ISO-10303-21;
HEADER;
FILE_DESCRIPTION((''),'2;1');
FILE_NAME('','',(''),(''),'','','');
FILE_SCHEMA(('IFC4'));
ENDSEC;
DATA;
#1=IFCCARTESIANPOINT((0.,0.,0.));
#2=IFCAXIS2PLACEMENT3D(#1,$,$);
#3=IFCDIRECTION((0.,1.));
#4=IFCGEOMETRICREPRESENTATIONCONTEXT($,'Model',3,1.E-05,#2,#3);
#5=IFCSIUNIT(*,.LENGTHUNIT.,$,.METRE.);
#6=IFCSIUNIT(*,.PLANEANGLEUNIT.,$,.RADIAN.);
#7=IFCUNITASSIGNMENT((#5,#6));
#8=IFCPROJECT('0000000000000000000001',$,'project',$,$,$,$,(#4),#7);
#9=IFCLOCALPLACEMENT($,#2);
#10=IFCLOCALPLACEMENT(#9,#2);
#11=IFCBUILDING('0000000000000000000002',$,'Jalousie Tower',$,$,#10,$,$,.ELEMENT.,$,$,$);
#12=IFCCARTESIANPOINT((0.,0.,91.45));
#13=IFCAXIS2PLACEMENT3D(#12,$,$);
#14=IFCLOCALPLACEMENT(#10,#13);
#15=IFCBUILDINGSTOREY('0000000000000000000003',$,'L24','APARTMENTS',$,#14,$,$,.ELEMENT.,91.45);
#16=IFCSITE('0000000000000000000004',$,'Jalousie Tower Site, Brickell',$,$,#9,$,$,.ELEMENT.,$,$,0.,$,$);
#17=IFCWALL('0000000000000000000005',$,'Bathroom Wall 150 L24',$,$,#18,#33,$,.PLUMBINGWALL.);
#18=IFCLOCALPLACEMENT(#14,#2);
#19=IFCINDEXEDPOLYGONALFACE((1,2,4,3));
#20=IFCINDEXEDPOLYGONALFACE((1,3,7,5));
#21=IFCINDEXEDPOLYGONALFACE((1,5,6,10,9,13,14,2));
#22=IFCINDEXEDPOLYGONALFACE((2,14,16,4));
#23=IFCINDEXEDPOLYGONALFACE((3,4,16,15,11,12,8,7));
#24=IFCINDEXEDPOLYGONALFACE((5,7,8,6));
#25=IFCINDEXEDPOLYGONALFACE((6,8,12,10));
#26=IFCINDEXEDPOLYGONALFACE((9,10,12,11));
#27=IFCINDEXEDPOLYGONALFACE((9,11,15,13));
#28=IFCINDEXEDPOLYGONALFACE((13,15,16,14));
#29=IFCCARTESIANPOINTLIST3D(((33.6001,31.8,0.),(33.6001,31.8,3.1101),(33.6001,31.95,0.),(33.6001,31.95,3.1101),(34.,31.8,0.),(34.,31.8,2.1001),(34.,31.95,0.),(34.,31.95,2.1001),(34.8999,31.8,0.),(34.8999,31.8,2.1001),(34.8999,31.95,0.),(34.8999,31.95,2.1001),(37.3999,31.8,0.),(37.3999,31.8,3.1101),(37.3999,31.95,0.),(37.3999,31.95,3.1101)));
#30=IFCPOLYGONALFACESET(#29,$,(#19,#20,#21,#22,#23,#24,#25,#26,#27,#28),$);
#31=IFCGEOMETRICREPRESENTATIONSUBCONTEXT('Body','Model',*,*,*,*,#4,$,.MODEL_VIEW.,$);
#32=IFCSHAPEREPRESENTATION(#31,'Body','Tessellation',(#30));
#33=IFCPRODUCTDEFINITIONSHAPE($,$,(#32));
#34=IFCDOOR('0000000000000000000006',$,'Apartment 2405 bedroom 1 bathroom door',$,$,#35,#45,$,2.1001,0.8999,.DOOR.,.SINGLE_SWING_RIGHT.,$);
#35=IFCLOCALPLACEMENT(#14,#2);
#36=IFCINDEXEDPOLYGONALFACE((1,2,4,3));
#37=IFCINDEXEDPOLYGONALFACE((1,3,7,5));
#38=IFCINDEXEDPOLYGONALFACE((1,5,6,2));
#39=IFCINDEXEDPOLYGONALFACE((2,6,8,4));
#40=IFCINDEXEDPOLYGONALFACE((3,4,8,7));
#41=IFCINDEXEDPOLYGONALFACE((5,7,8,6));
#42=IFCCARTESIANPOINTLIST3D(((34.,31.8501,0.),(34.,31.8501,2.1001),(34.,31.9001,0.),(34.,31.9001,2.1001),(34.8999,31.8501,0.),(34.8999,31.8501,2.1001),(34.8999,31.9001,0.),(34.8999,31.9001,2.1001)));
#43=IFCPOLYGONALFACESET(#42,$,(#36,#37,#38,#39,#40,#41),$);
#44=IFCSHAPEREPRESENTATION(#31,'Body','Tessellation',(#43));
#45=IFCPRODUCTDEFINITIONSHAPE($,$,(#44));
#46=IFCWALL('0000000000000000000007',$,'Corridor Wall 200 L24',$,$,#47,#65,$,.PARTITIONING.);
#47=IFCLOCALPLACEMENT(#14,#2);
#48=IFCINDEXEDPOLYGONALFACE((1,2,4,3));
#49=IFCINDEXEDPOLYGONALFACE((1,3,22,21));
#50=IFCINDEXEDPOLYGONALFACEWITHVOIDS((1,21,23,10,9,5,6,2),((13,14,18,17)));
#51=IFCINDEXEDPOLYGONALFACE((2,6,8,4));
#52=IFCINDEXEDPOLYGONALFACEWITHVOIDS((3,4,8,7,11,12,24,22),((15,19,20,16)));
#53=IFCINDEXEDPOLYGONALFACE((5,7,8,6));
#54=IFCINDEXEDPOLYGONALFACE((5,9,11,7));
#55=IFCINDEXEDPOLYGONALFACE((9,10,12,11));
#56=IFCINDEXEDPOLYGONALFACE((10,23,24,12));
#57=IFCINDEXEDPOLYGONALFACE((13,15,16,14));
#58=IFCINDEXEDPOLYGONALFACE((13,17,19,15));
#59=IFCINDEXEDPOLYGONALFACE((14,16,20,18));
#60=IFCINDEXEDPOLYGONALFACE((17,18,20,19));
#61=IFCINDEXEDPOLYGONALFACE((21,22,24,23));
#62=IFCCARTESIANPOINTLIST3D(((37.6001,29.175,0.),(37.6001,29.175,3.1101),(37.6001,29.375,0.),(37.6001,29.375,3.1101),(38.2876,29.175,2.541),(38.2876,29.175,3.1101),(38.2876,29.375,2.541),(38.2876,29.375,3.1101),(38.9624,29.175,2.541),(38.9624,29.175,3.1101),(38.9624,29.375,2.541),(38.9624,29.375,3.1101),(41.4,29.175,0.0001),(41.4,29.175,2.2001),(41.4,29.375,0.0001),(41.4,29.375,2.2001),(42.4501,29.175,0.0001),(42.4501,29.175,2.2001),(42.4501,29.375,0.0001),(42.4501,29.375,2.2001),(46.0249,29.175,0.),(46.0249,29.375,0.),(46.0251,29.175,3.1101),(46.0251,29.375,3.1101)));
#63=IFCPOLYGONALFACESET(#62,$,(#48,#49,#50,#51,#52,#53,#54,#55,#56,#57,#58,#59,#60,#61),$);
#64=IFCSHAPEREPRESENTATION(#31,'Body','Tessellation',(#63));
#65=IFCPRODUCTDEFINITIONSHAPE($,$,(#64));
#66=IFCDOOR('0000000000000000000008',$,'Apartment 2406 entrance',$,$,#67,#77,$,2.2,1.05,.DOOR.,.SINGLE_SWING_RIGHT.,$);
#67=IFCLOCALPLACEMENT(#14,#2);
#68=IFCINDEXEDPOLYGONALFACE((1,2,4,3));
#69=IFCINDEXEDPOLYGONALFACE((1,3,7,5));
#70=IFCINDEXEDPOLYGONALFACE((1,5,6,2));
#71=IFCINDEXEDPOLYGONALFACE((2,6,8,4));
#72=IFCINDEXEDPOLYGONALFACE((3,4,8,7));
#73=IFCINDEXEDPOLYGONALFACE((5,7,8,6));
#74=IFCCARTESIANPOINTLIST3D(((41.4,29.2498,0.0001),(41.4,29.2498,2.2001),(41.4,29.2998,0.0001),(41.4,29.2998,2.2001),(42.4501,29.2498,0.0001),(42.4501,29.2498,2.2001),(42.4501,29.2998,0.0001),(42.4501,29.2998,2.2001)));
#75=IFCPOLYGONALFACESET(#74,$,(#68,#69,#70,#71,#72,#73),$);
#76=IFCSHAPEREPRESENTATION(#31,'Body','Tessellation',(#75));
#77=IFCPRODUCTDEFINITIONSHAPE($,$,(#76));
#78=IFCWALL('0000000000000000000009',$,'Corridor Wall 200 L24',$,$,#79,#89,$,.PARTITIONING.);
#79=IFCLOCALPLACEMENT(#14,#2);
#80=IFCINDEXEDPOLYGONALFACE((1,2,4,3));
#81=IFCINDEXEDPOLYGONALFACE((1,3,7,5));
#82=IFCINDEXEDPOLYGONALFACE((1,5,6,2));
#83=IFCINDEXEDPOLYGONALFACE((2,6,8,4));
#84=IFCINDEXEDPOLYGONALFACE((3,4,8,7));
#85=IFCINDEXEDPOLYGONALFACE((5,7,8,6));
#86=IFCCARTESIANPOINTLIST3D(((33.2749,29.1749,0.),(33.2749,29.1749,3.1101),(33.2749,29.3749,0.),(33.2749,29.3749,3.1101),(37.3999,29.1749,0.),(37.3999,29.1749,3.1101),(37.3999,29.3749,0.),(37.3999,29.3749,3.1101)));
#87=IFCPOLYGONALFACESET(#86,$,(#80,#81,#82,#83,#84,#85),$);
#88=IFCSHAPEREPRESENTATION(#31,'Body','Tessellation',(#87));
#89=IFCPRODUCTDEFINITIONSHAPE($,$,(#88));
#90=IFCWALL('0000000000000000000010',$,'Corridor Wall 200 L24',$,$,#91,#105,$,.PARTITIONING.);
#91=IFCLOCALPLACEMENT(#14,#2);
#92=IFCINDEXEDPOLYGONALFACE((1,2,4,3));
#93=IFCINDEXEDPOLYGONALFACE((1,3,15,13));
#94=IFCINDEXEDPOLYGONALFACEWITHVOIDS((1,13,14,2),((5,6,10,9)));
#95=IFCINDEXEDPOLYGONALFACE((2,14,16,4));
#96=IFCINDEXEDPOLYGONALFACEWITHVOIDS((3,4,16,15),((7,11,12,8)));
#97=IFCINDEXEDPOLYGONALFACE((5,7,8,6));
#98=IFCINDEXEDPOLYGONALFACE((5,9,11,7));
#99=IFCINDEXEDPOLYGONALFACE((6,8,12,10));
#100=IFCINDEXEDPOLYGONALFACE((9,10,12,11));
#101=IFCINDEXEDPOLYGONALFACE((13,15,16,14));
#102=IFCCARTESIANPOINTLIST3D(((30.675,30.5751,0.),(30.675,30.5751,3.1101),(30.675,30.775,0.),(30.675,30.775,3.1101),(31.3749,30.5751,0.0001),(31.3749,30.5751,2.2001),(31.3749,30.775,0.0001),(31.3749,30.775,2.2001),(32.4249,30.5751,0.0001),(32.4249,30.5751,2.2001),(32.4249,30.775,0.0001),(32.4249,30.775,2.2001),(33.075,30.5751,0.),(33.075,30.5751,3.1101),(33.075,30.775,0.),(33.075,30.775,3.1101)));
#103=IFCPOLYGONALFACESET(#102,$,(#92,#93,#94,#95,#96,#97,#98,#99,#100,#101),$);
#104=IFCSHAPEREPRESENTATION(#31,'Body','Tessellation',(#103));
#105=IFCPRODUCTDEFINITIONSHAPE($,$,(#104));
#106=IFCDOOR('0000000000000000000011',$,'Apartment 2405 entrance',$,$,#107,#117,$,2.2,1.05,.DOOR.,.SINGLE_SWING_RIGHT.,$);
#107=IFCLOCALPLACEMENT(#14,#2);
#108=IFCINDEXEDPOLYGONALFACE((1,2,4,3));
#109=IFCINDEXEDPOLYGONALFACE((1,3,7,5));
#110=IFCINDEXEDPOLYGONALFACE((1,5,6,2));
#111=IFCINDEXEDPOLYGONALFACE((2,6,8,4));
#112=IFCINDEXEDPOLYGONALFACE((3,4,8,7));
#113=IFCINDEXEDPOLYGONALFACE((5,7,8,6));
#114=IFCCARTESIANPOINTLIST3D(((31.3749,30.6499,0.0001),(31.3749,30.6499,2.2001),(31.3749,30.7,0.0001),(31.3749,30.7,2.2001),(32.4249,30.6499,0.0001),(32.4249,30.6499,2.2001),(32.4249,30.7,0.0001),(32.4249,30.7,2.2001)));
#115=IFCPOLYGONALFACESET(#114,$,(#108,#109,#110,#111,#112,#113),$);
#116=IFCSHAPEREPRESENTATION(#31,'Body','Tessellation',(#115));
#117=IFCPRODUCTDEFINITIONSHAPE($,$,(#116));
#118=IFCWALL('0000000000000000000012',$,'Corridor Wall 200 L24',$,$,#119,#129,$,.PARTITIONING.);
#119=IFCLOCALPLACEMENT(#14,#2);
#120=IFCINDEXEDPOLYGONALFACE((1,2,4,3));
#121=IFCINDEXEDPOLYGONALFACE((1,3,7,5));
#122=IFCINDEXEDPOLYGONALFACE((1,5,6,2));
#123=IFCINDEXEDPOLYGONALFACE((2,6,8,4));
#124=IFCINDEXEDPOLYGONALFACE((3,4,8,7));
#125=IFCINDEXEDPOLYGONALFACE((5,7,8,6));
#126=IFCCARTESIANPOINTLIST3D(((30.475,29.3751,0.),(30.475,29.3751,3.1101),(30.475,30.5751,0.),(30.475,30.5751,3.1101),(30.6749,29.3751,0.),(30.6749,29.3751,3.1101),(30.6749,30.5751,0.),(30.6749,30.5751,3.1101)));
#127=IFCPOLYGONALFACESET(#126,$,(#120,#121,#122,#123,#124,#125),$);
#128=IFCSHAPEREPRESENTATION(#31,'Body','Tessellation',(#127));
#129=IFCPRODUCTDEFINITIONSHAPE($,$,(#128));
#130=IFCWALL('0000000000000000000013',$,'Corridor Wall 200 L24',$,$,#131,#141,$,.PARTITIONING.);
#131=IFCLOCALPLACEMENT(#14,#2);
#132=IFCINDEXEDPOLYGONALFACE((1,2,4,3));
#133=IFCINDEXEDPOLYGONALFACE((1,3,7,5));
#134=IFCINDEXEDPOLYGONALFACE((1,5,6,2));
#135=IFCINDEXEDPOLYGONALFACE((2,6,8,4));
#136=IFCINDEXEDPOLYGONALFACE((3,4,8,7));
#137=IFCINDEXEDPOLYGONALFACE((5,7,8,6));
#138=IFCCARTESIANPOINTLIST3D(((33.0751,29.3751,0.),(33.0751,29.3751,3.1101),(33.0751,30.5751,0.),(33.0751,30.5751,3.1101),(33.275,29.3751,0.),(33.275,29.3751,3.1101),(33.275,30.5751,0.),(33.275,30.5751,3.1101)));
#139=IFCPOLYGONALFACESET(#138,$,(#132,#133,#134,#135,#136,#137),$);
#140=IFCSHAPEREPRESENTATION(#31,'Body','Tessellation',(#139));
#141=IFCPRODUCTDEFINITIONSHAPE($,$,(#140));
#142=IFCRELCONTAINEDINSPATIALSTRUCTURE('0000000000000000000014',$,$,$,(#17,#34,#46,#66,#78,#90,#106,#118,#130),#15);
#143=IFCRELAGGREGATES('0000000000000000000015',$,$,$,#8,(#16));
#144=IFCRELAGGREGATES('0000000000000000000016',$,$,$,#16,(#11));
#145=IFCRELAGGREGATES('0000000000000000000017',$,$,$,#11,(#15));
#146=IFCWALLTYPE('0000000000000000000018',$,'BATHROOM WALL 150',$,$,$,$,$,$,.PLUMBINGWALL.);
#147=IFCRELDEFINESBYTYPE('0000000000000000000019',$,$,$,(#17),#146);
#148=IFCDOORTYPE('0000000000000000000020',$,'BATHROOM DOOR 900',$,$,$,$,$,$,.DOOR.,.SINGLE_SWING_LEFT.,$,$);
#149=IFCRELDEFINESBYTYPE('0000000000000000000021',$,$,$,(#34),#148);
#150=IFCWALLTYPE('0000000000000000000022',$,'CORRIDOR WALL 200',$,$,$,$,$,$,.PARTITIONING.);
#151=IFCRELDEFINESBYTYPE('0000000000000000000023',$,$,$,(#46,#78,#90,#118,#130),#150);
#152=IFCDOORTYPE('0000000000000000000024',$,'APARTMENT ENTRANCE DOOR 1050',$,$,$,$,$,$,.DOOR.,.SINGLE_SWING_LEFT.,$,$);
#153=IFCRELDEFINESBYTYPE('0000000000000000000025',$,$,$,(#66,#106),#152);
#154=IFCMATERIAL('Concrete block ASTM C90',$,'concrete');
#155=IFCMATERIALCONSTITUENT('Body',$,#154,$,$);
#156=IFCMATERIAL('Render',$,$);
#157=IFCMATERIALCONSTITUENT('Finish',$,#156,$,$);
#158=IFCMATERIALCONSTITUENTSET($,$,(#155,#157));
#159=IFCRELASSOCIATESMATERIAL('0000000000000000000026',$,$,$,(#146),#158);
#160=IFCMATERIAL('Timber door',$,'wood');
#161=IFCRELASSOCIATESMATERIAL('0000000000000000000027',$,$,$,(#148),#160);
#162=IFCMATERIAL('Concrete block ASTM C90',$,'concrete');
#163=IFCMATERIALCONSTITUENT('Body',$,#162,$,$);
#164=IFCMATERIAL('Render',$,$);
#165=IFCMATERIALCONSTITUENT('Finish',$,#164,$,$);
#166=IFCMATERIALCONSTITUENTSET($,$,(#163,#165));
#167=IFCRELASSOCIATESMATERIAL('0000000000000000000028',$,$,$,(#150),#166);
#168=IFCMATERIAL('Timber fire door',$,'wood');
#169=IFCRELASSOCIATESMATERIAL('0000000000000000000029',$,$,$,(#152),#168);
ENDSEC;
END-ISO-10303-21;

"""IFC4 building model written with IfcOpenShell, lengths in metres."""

from ifc_helpers import new_model, si_unit, direction, frame, frame_2d, origin, place, context, subcontext, project, spatial, polyline, rectangle, outline, extrude, material, constituent, constituent_set, type_object, element, fill, save


model = new_model("IFC4")

# Units and contexts
model_context = context("Model", 3, precision=1e-05, world=origin(), true_north=direction((0.0, 1.0)))
body_context = subcontext(model_context, "Body", "Model", "MODEL_VIEW")
ifc_project = project(units=[si_unit("LENGTHUNIT", "METRE"), si_unit("PLANEANGLEUNIT", "RADIAN")], contexts=[model_context])

# Site, building, storey
site_placement = place(None, origin())
site = spatial("IfcSite", under=ifc_project, at=site_placement, Name="Jalousie Tower Site, Brickell", CompositionType="ELEMENT", RefElevation=0.0)
building_placement = place(site_placement, origin())
building = spatial("IfcBuilding", under=site, at=building_placement, Name="Jalousie Tower", CompositionType="ELEMENT")
storey_placement = place(building_placement, frame((0.0, 0.0, 91.45)))
storey = spatial("IfcBuildingStorey", under=building, at=storey_placement, Name="L24", Description="APARTMENTS", CompositionType="ELEMENT", Elevation=91.45)

# Walls, openings, doors
ifc_material_1 = material(Name="Concrete block ASTM C90", Category="concrete")
ifc_constituent_1 = constituent(ifc_material_1, Name="Body")
ifc_material_2 = material(Name="Render")
ifc_constituent_2 = constituent(ifc_material_2, Name="Finish")
ifc_constituent_set_1 = constituent_set(constituents=[ifc_constituent_1, ifc_constituent_2])
wall_type_1 = type_object("IfcWallType", Name="BATHROOM WALL 150", PredefinedType="PLUMBINGWALL", material=ifc_constituent_set_1)
wall_1_placement = place(storey_placement, frame((33.6001, 31.875, 0.0), z_axis=(0.0, 0.0, 1.0), x_axis=(1.0, 0.0, 0.0)))
wall_1 = element("IfcWall", 1, at=wall_1_placement, inside=storey, type_object=wall_type_1, Name="Bathroom Wall 150 L24", PredefinedType="PLUMBINGWALL", context=body_context, shape_type="SweptSolid", body=[
    extrude(rectangle(XDim=3.7998, YDim=0.1499, at=frame_2d((1.8999, 0.0))), origin(), (0.0, 0.0, 1.0), 3.1101),
])
opening_1_placement = place(wall_1_placement, frame((0.3999, 0.0, 0.0)))
opening_1 = element("IfcOpeningElement", 2, at=opening_1_placement, cuts=wall_1, PredefinedType="OPENING", context=body_context, shape_type="SweptSolid", body=[
    extrude(rectangle(XDim=0.8999, YDim=2.1001, at=frame_2d((0.45, 1.05))), frame((0.0, 0.085, 0.0), z_axis=(0.0, -1.0, 0.0), x_axis=(1.0, 0.0, 0.0)), (0.0, 0.0, 1.0), 0.1699),
])
ifc_material_3 = material(Name="Timber door", Category="wood")
door_type_1 = type_object("IfcDoorType", Name="BATHROOM DOOR 900", OperationType="SINGLE_SWING_LEFT", PredefinedType="DOOR", material=ifc_material_3)
door_1_placement = place(opening_1_placement, frame((0.8999, 0.0, 0.0), z_axis=(0.0, 0.0, 1.0), x_axis=(-1.0, 0.0, 0.0)))
door_1 = element("IfcDoor", 3, at=door_1_placement, inside=storey, type_object=door_type_1, Name="Apartment 2405 bedroom 1 bathroom door", OperationType="SINGLE_SWING_RIGHT", OverallHeight=2.1001, OverallWidth=0.8999, PredefinedType="DOOR", context=body_context, shape_type="SweptSolid", body=[
    extrude(rectangle(XDim=0.8999, YDim=2.1001, at=frame_2d((0.45, 1.05))), frame((0.0, 0.0249, 0.0), z_axis=(0.0, -1.0, 0.0), x_axis=(1.0, 0.0, 0.0)), (0.0, 0.0, 1.0), 0.05),
])
fill(opening_1, door_1)
ifc_material_4 = material(Name="Concrete block ASTM C90", Category="concrete")
ifc_constituent_3 = constituent(ifc_material_4, Name="Body")
ifc_material_5 = material(Name="Render")
ifc_constituent_4 = constituent(ifc_material_5, Name="Finish")
ifc_constituent_set_2 = constituent_set(constituents=[ifc_constituent_3, ifc_constituent_4])
wall_type_2 = type_object("IfcWallType", Name="CORRIDOR WALL 200", PredefinedType="PARTITIONING", material=ifc_constituent_set_2)
wall_2_placement = place(storey_placement, frame((37.6001, 29.2749, 0.0), z_axis=(0.0, 0.0, 1.0), x_axis=(1.0, 0.0, 0.0)))
wall_2 = element("IfcWall", 4, at=wall_2_placement, inside=storey, type_object=wall_type_2, Name="Corridor Wall 200 L24", PredefinedType="PARTITIONING", context=body_context, shape_type="SweptSolid", body=[
    extrude(outline(polyline([(0.0, 0.0), (8.4248, 0.0), (8.425, 3.1101), (1.3623, 3.1101), (1.3623, 2.541), (0.6875, 2.541), (0.6875, 3.1101), (0.0, 3.1101), (0.0, 0.0)])), frame((0.0, 0.1001, 0.0), z_axis=(0.0, -1.0, 0.0), x_axis=(1.0, 0.0, 0.0)), (0.0, 0.0, 1.0), 0.2),
])
opening_2_placement = place(wall_2_placement, frame((3.8, 0.0, 0.0)))
opening_2 = element("IfcOpeningElement", 5, at=opening_2_placement, cuts=wall_2, PredefinedType="OPENING", context=body_context, shape_type="SweptSolid", body=[
    extrude(rectangle(XDim=1.05, YDim=2.2, at=frame_2d((0.5249, 1.1001))), frame((0.0, 0.1099, 0.0), z_axis=(0.0, -1.0, 0.0), x_axis=(1.0, 0.0, 0.0)), (0.0, 0.0, 1.0), 0.22),
])
ifc_material_6 = material(Name="Timber fire door", Category="wood")
door_type_2 = type_object("IfcDoorType", Name="APARTMENT ENTRANCE DOOR 1050", OperationType="SINGLE_SWING_LEFT", PredefinedType="DOOR", material=ifc_material_6)
door_2_placement = place(opening_2_placement, origin())
door_2 = element("IfcDoor", 6, at=door_2_placement, inside=storey, type_object=door_type_2, Name="Apartment 2406 entrance", OperationType="SINGLE_SWING_RIGHT", OverallHeight=2.2, OverallWidth=1.05, PredefinedType="DOOR", context=body_context, shape_type="SweptSolid", body=[
    extrude(rectangle(XDim=1.05, YDim=2.2, at=frame_2d((0.5249, 1.1001))), frame((0.0, 0.0249, 0.0), z_axis=(0.0, -1.0, 0.0), x_axis=(1.0, 0.0, 0.0)), (0.0, 0.0, 1.0), 0.05),
])
fill(opening_2, door_2)

# Wall
wall_3_placement = place(storey_placement, frame((33.2749, 29.2749, 0.0), z_axis=(0.0, 0.0, 1.0), x_axis=(1.0, 0.0, 0.0)))
element("IfcWall", 7, at=wall_3_placement, inside=storey, type_object=wall_type_2, Name="Corridor Wall 200 L24", PredefinedType="PARTITIONING", context=body_context, shape_type="SweptSolid", body=[
    extrude(rectangle(XDim=4.125, YDim=0.2, at=frame_2d((2.0625, 0.0))), origin(), (0.0, 0.0, 1.0), 3.1101),
])

# Wall, opening, door
wall_4_placement = place(storey_placement, frame((30.675, 30.675, 0.0), z_axis=(0.0, 0.0, 1.0), x_axis=(1.0, 0.0, 0.0)))
wall_4 = element("IfcWall", 8, at=wall_4_placement, inside=storey, type_object=wall_type_2, Name="Corridor Wall 200 L24", PredefinedType="PARTITIONING", context=body_context, shape_type="SweptSolid", body=[
    extrude(rectangle(XDim=2.3999, YDim=0.2, at=frame_2d((1.2, 0.0))), origin(), (0.0, 0.0, 1.0), 3.1101),
])
opening_3_placement = place(wall_4_placement, frame((0.7, 0.0, 0.0)))
opening_3 = element("IfcOpeningElement", 9, at=opening_3_placement, cuts=wall_4, PredefinedType="OPENING", context=body_context, shape_type="SweptSolid", body=[
    extrude(rectangle(XDim=1.05, YDim=2.2, at=frame_2d((0.5249, 1.1001))), frame((0.0, 0.1099, 0.0), z_axis=(0.0, -1.0, 0.0), x_axis=(1.0, 0.0, 0.0)), (0.0, 0.0, 1.0), 0.22),
])
door_3_placement = place(opening_3_placement, origin())
door_3 = element("IfcDoor", 10, at=door_3_placement, inside=storey, type_object=door_type_2, Name="Apartment 2405 entrance", OperationType="SINGLE_SWING_RIGHT", OverallHeight=2.2, OverallWidth=1.05, PredefinedType="DOOR", context=body_context, shape_type="SweptSolid", body=[
    extrude(rectangle(XDim=1.05, YDim=2.2, at=frame_2d((0.5249, 1.1001))), frame((0.0, 0.0249, 0.0), z_axis=(0.0, -1.0, 0.0), x_axis=(1.0, 0.0, 0.0)), (0.0, 0.0, 1.0), 0.05),
])
fill(opening_3, door_3)

# Walls
for number, where, z_axis, x_axis, name in (
    (11, (30.575, 29.375, 0.0), (0.0, 0.0, 1.0), (0.0, 1.0, 0.0), "Corridor Wall 200 L24"),
    (12, (33.175, 29.375, 0.0), (0.0, 0.0, 1.0), (0.0, 1.0, 0.0), "Corridor Wall 200 L24"),
):
    element("IfcWall", number, at=place(storey_placement, frame(where, z_axis=z_axis, x_axis=x_axis)), inside=storey, type_object=wall_type_2, Name=name, PredefinedType="PARTITIONING", context=body_context, shape_type="SweptSolid", body=[
        extrude(rectangle(XDim=1.2, YDim=0.2, at=frame_2d((0.6001, 0.0))), origin(), (0.0, 0.0, 1.0), 3.1101),
    ])

save(model, "model.ifc")
